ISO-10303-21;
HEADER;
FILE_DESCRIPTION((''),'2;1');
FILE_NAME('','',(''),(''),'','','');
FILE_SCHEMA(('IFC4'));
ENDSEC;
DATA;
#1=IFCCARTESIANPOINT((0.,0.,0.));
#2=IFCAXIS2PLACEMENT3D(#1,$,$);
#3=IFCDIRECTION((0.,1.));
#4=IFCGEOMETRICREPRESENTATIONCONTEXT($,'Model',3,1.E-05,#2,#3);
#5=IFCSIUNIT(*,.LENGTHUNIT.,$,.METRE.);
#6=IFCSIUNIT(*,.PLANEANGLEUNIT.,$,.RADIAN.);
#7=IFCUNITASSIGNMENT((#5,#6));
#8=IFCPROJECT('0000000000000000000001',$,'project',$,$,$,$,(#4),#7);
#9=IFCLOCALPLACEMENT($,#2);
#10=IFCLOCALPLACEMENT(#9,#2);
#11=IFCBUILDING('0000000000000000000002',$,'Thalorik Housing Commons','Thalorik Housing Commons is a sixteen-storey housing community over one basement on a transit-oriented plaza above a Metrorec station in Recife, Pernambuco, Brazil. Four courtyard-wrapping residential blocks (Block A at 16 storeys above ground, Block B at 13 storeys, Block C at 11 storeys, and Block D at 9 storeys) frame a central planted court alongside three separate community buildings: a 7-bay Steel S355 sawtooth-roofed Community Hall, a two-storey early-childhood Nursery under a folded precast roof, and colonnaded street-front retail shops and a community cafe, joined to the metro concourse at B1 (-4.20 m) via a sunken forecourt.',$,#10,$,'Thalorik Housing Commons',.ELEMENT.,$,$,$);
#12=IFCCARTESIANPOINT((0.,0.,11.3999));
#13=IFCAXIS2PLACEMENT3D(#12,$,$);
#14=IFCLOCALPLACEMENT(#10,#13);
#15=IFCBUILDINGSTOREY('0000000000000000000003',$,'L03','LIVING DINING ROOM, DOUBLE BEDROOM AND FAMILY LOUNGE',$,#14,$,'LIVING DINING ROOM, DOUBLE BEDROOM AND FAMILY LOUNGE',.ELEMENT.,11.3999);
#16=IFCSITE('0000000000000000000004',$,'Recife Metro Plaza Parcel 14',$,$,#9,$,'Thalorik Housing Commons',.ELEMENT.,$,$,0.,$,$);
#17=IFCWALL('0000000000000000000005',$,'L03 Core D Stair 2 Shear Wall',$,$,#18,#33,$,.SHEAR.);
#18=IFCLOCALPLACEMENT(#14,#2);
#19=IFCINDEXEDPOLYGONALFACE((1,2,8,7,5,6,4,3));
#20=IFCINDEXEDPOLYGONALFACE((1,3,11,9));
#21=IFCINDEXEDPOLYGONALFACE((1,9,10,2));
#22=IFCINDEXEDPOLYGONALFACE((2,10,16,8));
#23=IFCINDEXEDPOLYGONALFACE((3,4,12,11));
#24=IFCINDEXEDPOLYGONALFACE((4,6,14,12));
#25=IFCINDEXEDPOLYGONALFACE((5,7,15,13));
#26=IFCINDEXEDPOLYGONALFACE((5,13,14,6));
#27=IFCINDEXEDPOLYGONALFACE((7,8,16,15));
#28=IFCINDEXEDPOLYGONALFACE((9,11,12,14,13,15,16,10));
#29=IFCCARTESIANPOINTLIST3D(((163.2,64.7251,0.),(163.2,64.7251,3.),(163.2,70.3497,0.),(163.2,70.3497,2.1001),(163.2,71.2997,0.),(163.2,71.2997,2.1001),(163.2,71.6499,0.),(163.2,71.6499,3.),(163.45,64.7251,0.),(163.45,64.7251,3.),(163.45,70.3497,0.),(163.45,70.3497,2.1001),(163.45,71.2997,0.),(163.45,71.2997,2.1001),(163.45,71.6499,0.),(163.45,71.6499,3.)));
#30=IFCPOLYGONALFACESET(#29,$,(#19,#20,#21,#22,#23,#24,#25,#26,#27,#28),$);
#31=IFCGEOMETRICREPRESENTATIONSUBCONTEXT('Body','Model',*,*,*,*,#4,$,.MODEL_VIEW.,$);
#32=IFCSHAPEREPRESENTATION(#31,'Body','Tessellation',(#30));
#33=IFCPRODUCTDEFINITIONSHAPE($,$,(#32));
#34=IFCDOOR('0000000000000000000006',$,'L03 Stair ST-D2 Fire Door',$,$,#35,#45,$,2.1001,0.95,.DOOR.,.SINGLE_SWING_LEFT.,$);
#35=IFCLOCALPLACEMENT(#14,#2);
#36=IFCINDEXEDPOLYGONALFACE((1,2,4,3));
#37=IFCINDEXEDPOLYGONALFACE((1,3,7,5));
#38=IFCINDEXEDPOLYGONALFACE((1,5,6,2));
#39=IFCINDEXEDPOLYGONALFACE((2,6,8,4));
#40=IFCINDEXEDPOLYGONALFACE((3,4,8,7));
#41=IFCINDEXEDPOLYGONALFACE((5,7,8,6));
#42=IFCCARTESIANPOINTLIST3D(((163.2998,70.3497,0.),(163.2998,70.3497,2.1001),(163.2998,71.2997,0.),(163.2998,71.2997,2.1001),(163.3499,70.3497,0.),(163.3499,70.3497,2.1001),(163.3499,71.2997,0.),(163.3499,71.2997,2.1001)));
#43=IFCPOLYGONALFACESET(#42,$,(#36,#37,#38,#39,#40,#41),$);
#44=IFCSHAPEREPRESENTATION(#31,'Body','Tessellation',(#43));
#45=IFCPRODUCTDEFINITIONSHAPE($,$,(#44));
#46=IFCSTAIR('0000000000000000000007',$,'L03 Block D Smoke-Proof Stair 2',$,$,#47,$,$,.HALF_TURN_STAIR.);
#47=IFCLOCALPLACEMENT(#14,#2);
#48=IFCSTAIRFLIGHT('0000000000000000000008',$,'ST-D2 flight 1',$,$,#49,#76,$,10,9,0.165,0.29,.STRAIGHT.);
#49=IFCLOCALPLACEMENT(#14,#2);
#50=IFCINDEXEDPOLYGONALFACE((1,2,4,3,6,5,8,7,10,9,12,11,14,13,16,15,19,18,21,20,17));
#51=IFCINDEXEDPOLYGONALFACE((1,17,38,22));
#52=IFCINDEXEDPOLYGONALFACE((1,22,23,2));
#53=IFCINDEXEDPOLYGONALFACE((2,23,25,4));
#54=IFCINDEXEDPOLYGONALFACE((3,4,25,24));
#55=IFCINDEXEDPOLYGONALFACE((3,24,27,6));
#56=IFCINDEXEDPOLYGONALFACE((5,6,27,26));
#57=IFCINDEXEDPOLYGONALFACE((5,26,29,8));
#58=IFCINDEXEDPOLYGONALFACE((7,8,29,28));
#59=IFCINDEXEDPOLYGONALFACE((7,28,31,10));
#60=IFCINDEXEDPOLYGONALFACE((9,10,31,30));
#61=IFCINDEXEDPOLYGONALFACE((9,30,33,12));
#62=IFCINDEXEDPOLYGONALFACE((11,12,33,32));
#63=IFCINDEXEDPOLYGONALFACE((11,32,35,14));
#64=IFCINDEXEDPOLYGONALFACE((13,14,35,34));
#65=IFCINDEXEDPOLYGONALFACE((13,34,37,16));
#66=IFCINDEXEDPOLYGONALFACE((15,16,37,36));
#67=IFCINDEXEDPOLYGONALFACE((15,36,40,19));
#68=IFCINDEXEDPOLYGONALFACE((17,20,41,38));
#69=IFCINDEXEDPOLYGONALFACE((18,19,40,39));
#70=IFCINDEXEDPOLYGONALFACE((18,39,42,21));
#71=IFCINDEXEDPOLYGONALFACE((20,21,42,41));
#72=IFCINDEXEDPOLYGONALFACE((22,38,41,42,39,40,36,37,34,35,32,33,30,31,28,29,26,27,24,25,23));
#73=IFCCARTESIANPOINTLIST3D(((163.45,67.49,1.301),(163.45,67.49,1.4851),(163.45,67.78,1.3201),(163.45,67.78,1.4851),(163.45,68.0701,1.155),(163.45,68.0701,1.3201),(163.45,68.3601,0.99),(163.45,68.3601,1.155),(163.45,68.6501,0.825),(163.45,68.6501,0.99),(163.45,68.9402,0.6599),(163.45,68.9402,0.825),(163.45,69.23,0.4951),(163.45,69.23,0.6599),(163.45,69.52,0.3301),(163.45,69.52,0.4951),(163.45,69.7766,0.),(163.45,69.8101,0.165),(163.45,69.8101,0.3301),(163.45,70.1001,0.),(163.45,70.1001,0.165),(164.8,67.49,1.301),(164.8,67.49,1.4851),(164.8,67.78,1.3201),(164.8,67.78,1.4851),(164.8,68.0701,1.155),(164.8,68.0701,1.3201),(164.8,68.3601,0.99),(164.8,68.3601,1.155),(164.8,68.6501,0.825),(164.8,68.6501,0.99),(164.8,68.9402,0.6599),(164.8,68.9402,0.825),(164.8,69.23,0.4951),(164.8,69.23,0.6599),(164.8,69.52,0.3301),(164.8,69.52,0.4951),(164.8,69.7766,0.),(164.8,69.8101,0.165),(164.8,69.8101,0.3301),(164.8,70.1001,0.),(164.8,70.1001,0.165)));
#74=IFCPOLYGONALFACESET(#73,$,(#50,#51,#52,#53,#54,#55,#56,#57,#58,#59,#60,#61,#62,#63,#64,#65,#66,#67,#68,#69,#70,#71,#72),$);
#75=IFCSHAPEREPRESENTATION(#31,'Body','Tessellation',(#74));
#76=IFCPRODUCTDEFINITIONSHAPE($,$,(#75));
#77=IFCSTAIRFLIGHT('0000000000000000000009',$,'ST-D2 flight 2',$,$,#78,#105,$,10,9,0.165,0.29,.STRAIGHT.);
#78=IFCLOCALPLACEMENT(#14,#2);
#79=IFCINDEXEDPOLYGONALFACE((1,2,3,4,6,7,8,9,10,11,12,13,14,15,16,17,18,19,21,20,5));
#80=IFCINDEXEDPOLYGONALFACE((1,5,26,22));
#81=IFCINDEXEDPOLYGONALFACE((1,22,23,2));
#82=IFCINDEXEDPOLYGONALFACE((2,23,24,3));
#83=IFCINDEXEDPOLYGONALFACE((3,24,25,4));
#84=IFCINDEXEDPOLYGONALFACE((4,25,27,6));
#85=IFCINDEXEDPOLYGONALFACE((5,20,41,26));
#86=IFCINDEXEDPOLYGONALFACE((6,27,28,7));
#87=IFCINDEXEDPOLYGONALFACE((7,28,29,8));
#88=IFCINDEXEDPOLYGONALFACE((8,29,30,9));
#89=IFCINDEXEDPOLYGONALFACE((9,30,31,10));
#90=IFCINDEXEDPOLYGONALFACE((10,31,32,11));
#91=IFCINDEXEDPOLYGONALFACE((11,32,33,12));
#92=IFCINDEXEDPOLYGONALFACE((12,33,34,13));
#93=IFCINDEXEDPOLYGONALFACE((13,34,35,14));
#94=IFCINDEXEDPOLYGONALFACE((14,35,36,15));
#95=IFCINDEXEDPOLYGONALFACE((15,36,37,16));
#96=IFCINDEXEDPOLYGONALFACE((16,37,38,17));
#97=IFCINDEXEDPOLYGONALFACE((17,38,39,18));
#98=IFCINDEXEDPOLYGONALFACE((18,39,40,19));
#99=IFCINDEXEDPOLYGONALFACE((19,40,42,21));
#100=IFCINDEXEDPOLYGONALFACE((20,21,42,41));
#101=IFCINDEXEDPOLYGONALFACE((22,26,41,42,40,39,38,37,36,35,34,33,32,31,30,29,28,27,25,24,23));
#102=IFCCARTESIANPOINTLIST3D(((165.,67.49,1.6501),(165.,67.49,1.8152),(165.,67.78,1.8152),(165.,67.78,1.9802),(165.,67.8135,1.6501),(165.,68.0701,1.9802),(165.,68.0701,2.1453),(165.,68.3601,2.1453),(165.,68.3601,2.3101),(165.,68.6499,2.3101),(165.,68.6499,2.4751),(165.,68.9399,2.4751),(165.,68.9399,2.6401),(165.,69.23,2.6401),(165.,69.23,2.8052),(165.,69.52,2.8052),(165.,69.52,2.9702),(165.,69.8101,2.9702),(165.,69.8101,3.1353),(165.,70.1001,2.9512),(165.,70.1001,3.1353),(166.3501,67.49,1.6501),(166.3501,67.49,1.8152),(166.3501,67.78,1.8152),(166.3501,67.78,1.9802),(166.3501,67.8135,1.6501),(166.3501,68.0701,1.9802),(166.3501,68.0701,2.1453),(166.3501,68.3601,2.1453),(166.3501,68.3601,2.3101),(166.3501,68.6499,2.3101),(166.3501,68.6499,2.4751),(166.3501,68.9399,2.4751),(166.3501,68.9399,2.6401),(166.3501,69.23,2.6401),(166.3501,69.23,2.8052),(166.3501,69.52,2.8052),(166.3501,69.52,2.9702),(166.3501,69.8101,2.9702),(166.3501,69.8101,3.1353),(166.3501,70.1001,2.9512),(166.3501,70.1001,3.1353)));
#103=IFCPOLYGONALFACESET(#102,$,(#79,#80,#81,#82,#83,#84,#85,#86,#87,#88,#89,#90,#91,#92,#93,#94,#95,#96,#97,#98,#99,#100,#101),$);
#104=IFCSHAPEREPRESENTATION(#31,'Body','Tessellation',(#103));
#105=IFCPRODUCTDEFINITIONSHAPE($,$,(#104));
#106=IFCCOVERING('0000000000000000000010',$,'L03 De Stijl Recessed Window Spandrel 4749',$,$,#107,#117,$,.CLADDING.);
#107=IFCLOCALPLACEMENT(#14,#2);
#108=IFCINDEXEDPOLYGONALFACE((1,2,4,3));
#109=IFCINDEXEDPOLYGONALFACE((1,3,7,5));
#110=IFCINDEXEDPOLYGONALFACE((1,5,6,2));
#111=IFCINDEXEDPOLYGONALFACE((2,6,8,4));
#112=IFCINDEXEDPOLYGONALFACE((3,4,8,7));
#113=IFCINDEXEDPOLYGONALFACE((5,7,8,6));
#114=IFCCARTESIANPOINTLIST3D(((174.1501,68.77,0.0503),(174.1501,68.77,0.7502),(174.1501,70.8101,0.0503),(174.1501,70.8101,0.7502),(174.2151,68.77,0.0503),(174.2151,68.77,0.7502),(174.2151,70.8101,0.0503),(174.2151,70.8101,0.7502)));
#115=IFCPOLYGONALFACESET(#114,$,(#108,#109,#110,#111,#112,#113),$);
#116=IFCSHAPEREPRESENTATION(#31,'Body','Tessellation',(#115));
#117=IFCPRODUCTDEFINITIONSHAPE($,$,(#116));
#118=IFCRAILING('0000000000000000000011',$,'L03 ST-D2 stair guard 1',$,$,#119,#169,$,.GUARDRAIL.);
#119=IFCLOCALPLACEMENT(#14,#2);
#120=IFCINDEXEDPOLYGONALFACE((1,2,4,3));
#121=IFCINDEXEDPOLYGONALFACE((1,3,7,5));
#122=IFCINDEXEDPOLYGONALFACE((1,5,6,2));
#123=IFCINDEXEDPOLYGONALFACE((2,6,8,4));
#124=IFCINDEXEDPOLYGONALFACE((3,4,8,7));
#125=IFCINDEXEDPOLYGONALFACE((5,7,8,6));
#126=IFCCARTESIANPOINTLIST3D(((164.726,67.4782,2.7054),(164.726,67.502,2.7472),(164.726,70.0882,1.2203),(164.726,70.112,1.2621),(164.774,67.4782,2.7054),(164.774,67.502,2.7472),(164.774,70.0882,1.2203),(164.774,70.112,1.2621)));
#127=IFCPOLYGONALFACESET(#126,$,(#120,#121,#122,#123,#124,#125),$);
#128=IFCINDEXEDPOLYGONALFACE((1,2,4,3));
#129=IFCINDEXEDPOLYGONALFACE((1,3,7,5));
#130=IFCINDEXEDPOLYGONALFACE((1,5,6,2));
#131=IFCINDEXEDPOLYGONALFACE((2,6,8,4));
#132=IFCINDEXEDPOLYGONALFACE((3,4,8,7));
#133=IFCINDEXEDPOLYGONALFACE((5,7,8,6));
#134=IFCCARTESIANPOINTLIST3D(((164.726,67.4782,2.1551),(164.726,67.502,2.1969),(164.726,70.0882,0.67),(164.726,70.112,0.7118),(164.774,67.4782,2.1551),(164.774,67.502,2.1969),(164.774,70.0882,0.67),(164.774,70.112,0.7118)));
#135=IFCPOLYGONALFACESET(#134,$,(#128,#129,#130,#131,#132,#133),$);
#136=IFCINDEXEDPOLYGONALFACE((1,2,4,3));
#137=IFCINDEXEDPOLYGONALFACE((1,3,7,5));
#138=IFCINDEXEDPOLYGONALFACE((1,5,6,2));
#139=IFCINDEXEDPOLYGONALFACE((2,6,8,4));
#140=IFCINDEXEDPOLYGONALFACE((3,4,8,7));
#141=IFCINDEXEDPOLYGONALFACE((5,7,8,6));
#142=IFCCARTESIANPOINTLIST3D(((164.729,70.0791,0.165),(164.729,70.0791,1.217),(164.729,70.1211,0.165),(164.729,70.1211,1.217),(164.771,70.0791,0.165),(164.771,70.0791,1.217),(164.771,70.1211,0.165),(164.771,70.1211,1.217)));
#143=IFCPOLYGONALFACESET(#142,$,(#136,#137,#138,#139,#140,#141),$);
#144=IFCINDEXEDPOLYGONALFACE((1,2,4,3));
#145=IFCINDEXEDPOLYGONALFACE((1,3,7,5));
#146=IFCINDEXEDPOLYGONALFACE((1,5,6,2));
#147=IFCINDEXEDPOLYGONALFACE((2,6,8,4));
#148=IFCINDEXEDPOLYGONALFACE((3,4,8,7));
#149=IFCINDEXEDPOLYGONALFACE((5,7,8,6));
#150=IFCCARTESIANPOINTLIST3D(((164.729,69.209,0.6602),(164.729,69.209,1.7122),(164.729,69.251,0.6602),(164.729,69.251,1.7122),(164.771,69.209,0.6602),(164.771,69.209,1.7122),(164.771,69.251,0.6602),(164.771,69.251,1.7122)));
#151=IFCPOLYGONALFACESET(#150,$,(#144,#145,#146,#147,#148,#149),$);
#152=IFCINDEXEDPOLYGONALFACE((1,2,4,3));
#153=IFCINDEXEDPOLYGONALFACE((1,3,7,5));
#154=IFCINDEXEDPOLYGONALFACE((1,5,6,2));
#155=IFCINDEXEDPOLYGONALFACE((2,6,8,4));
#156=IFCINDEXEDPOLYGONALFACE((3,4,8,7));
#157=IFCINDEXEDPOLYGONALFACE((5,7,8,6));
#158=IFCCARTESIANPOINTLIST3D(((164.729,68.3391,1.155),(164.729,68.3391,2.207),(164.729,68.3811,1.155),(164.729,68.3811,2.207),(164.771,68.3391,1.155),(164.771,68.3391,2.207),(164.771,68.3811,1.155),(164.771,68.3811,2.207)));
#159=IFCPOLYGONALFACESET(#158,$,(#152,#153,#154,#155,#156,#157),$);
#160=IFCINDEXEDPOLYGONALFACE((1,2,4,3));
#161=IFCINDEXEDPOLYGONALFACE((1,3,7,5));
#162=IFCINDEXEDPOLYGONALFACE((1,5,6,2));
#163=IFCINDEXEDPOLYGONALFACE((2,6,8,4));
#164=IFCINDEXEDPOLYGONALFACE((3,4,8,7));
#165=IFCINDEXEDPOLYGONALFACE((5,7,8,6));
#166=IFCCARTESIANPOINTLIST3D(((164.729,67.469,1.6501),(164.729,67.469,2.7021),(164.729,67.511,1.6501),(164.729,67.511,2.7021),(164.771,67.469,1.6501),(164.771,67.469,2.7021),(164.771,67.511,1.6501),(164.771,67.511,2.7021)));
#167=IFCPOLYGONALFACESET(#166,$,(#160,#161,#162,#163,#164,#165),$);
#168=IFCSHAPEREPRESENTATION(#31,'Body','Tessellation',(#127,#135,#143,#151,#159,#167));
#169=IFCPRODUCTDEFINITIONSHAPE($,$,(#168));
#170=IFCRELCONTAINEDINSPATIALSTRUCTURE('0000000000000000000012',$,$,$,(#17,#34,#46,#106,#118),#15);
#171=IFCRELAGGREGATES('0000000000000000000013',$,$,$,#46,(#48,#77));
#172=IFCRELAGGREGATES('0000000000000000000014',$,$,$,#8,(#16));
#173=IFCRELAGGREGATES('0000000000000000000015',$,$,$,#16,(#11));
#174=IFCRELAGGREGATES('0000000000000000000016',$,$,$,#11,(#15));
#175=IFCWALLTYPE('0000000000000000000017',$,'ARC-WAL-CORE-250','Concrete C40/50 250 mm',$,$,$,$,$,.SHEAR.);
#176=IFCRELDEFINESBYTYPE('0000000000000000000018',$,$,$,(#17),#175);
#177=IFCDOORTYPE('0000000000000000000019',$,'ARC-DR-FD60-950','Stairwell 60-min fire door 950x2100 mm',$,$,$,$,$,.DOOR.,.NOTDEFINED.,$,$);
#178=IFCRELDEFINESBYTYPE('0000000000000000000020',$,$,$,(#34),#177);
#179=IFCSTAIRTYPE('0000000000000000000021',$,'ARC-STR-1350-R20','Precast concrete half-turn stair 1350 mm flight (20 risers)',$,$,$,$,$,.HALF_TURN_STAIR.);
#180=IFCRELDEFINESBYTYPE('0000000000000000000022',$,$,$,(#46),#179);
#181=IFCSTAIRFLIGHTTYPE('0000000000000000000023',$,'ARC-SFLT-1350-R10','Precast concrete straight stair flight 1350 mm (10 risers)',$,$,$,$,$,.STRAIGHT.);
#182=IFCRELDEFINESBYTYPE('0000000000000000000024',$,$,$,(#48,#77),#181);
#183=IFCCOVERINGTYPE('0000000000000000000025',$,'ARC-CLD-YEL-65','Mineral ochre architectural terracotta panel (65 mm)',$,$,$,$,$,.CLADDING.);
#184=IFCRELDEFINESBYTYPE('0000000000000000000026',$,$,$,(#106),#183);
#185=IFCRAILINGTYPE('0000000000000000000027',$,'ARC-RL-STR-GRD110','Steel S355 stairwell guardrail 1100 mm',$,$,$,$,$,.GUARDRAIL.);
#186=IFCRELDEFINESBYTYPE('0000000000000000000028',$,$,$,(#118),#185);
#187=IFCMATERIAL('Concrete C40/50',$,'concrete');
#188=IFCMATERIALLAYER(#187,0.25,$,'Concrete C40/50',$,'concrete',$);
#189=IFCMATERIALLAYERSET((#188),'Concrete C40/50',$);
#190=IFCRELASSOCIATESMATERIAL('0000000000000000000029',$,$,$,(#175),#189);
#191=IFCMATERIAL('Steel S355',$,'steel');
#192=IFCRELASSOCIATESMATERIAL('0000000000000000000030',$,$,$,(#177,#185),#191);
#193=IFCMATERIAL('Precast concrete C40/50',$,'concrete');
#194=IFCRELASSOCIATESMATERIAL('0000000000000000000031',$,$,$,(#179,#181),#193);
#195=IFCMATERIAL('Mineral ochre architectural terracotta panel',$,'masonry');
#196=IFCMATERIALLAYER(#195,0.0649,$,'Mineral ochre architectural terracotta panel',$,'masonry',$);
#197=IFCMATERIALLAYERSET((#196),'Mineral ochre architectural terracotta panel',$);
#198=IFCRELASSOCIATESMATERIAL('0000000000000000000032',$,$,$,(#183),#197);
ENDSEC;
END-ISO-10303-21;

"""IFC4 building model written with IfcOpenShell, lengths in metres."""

from ifc_helpers import new_model, si_unit, direction, frame, frame_2d, origin, origin_2d, place, context, subcontext, project, spatial, polyline, rectangle, outline, extrude, material, layer, layer_set, type_object, element, fill, aggregate, save


model = new_model("IFC4")

# Units and contexts
model_context = context("Model", 3, precision=1e-05, world=origin(), true_north=direction((0.0, 1.0)))
body_context = subcontext(model_context, "Body", "Model", "MODEL_VIEW")
ifc_project = project(units=[si_unit("LENGTHUNIT", "METRE"), si_unit("PLANEANGLEUNIT", "RADIAN")], contexts=[model_context])

# Site, building, storey
site_placement = place(None, origin())
site = spatial("IfcSite", under=ifc_project, at=site_placement, Name="Recife Metro Plaza Parcel 14", LongName="Thalorik Housing Commons", CompositionType="ELEMENT", RefElevation=0.0)
building_placement = place(site_placement, origin())
building = spatial("IfcBuilding", under=site, at=building_placement, Name="Thalorik Housing Commons", Description="Thalorik Housing Commons is a sixteen-storey housing community over one basement on a transit-oriented plaza above a Metrorec station in Recife, Pernambuco, Brazil. Four courtyard-wrapping residential blocks (Block A at 16 storeys above ground, Block B at 13 storeys, Block C at 11 storeys, and Block D at 9 storeys) frame a central planted court alongside three separate community buildings: a 7-bay Steel S355 sawtooth-roofed Community Hall, a two-storey early-childhood Nursery under a folded precast roof, and colonnaded street-front retail shops and a community cafe, joined to the metro concourse at B1 (-4.20 m) via a sunken forecourt.", LongName="Thalorik Housing Commons", CompositionType="ELEMENT")
storey_placement = place(building_placement, frame((0.0, 0.0, 11.3999)))
storey = spatial("IfcBuildingStorey", under=building, at=storey_placement, Name="L03", Description="LIVING DINING ROOM, DOUBLE BEDROOM AND FAMILY LOUNGE", LongName="LIVING DINING ROOM, DOUBLE BEDROOM AND FAMILY LOUNGE", CompositionType="ELEMENT", Elevation=11.3999)

# Shared definitions
ifc_material_1 = material(Name="Precast concrete C40/50", Category="concrete")

# Shared definitions
ifc_material_2 = material(Name="Concrete C40/50", Category="concrete")
ifc_layer_1 = layer(ifc_material_2, 0.25, Name="Concrete C40/50", Category="concrete")
ifc_layer_set_1 = layer_set([ifc_layer_1], Name="Concrete C40/50")
wall_type_1 = type_object("IfcWallType", Name="ARC-WAL-CORE-250", Description="Concrete C40/50 250 mm", PredefinedType="SHEAR", material=ifc_layer_set_1)

# Wall, opening, door
wall_1_placement = place(storey_placement, frame((163.325, 71.6499, 0.0), z_axis=(0.0, 0.0, 1.0), x_axis=(0.0, -1.0, 0.0)))
wall_1 = element("IfcWall", 1, at=wall_1_placement, inside=storey, type_object=wall_type_1, Name="L03 Core D Stair 2 Shear Wall", PredefinedType="SHEAR", context=body_context, shape_type="SweptSolid", body=[
    extrude(rectangle(XDim=6.9248, YDim=0.25, at=frame_2d((3.4624, 0.0))), origin(), (0.0, 0.0, 1.0), 3.0),
])
opening_1_placement = place(wall_1_placement, frame((0.3501, 0.0, 0.0)))
opening_1 = element("IfcOpeningElement", 2, at=opening_1_placement, cuts=wall_1, PredefinedType="OPENING", context=body_context, shape_type="SweptSolid", body=[
    extrude(rectangle(XDim=0.95, YDim=2.1001, at=frame_2d((0.4751, 1.05))), frame((0.0, 0.135, 0.0), z_axis=(0.0, -1.0, 0.0), x_axis=(1.0, 0.0, 0.0)), (0.0, 0.0, 1.0), 0.27),
])
ifc_material_3 = material(Name="Steel S355", Category="steel")
door_type_1 = type_object("IfcDoorType", Name="ARC-DR-FD60-950", Description="Stairwell 60-min fire door 950x2100 mm", OperationType="NOTDEFINED", PredefinedType="DOOR", material=ifc_material_3)
door_1_placement = place(opening_1_placement, origin())
door_1 = element("IfcDoor", 3, at=door_1_placement, inside=storey, type_object=door_type_1, Name="L03 Stair ST-D2 Fire Door", OperationType="SINGLE_SWING_LEFT", OverallHeight=2.1001, OverallWidth=0.95, PredefinedType="DOOR", context=body_context, shape_type="SweptSolid", body=[
    extrude(rectangle(XDim=0.95, YDim=2.1001, at=frame_2d((0.4751, 1.05))), frame((0.0, 0.0249, 0.0), z_axis=(0.0, -1.0, 0.0), x_axis=(1.0, 0.0, 0.0)), (0.0, 0.0, 1.0), 0.05),
])
fill(opening_1, door_1)

# Stair, stair flights
stair_type = type_object("IfcStairType", Name="ARC-STR-1350-R20", Description="Precast concrete half-turn stair 1350 mm flight (20 risers)", PredefinedType="HALF_TURN_STAIR", material=ifc_material_1)
stair_placement = place(storey_placement, origin())
stair = element("IfcStair", 4, at=stair_placement, inside=storey, type_object=stair_type, Name="L03 Block D Smoke-Proof Stair 2", PredefinedType="HALF_TURN_STAIR")
stair_flight_type = type_object("IfcStairFlightType", Name="ARC-SFLT-1350-R10", Description="Precast concrete straight stair flight 1350 mm (10 risers)", PredefinedType="STRAIGHT", material=ifc_material_1)
stair_flight_1_placement = place(storey_placement, frame((164.125, 70.1001, 0.0), z_axis=(0.0, 0.0, 1.0), x_axis=(0.0, -1.0, 0.0)))
stair_flight_1 = element("IfcStairFlight", 5, at=stair_flight_1_placement, type_object=stair_flight_type, Name="ST-D2 flight 1", NumberOfRisers=10, NumberOfTreads=9, PredefinedType="STRAIGHT", RiserHeight=0.165, TreadLength=0.29, context=body_context, shape_type="SweptSolid", body=[
    extrude(outline(polyline([(0.0, 0.0), (0.0, 0.165), (0.29, 0.165), (0.29, 0.3301), (0.5801, 0.3301), (0.5801, 0.4951), (0.8701, 0.4951), (0.8701, 0.6599), (1.1599, 0.6599), (1.1599, 0.825), (1.45, 0.825), (1.45, 0.99), (1.74, 0.99), (1.74, 1.155), (2.03, 1.155), (2.03, 1.3201), (2.3201, 1.3201), (2.3201, 1.4851), (2.6101, 1.4851), (2.6101, 1.6499), (2.6101, 1.301), (0.3235, 0.0), (0.0, 0.0)])), frame((0.0, 0.675, 0.0), z_axis=(0.0, -1.0, 0.0), x_axis=(1.0, 0.0, 0.0)), (0.0, 0.0, 1.0), 1.3501),
])
stair_flight_2_placement = place(storey_placement, frame((165.675, 67.49, 1.6501), z_axis=(0.0, 0.0, 1.0), x_axis=(0.0, 1.0, 0.0)))
stair_flight_2 = element("IfcStairFlight", 6, at=stair_flight_2_placement, type_object=stair_flight_type, Name="ST-D2 flight 2", NumberOfRisers=10, NumberOfTreads=9, PredefinedType="STRAIGHT", RiserHeight=0.165, TreadLength=0.29, context=body_context, shape_type="SweptSolid", body=[
    extrude(outline(polyline([(0.0, 0.0), (0.0, 0.165), (0.29, 0.165), (0.29, 0.3301), (0.5801, 0.3301), (0.5801, 0.4951), (0.8701, 0.4951), (0.8701, 0.6599), (1.1599, 0.6599), (1.1599, 0.825), (1.45, 0.825), (1.45, 0.99), (1.74, 0.99), (1.74, 1.155), (2.03, 1.155), (2.03, 1.3201), (2.3201, 1.3201), (2.3201, 1.4851), (2.6101, 1.4851), (2.6101, 1.6499), (2.6101, 1.301), (0.3235, 0.0), (0.0, 0.0)])), frame((0.0, 0.675, 0.0), z_axis=(0.0, -1.0, 0.0), x_axis=(1.0, 0.0, 0.0)), (0.0, 0.0, 1.0), 1.3501),
])
aggregate(stair, [stair_flight_1, stair_flight_2])

# Covering
ifc_material_4 = material(Name="Mineral ochre architectural terracotta panel", Category="masonry")
ifc_layer_2 = layer(ifc_material_4, 0.0649, Name="Mineral ochre architectural terracotta panel", Category="masonry")
ifc_layer_set_2 = layer_set([ifc_layer_2], Name="Mineral ochre architectural terracotta panel")
covering_type_1 = type_object("IfcCoveringType", Name="ARC-CLD-YEL-65", Description="Mineral ochre architectural terracotta panel (65 mm)", PredefinedType="CLADDING", material=ifc_layer_set_2)
covering_1_placement = place(storey_placement, frame((174.1826, 69.79, 0.0503), z_axis=(0.0, 0.0, 1.0), x_axis=(0.0, 1.0, 0.0)))
element("IfcCovering", 7, at=covering_1_placement, inside=storey, type_object=covering_type_1, Name="L03 De Stijl Recessed Window Spandrel 4749", PredefinedType="CLADDING", context=body_context, shape_type="SweptSolid", body=[
    extrude(rectangle(XDim=2.04, YDim=0.0649, at=origin_2d()), origin(), (0.0, 0.0, 1.0), 0.7),
])

# Railing
railing_type_1 = type_object("IfcRailingType", Name="ARC-RL-STR-GRD110", Description="Steel S355 stairwell guardrail 1100 mm", PredefinedType="GUARDRAIL", material=ifc_material_3)
railing_1_placement = place(storey_placement, frame((164.75, 70.1001, 0.165)))
element("IfcRailing", 8, at=railing_1_placement, inside=storey, type_object=railing_type_1, Name="L03 ST-D2 stair guard 1", PredefinedType="GUARDRAIL", context=body_context, shape_type="SweptSolid", body=[
    extrude(rectangle(XDim=0.0481, YDim=0.0481, at=origin_2d()), frame((0.0, 0.0, 1.0762), z_axis=(0.0, -0.869157, 0.494536), x_axis=(1.0, 0.0, 0.0)), (0.0, 0.0, 1.0), 3.0029),
    extrude(rectangle(XDim=0.0481, YDim=0.0481, at=origin_2d()), frame((0.0, 0.0, 0.5259), z_axis=(0.0, -0.869157, 0.494536), x_axis=(1.0, 0.0, 0.0)), (0.0, 0.0, 1.0), 3.0029),
    extrude(rectangle(XDim=0.042, YDim=0.042, at=origin_2d()), origin(), (0.0, 0.0, 1.0), 1.052),
    extrude(rectangle(XDim=0.042, YDim=0.042, at=origin_2d()), frame((0.0, -0.8701, 0.4951)), (0.0, 0.0, 1.0), 1.052),
    extrude(rectangle(XDim=0.042, YDim=0.042, at=origin_2d()), frame((0.0, -1.74, 0.99)), (0.0, 0.0, 1.0), 1.052),
    extrude(rectangle(XDim=0.042, YDim=0.042, at=origin_2d()), frame((0.0, -2.6101, 1.4851)), (0.0, 0.0, 1.0), 1.052),
])

save(model, "model.ifc")
